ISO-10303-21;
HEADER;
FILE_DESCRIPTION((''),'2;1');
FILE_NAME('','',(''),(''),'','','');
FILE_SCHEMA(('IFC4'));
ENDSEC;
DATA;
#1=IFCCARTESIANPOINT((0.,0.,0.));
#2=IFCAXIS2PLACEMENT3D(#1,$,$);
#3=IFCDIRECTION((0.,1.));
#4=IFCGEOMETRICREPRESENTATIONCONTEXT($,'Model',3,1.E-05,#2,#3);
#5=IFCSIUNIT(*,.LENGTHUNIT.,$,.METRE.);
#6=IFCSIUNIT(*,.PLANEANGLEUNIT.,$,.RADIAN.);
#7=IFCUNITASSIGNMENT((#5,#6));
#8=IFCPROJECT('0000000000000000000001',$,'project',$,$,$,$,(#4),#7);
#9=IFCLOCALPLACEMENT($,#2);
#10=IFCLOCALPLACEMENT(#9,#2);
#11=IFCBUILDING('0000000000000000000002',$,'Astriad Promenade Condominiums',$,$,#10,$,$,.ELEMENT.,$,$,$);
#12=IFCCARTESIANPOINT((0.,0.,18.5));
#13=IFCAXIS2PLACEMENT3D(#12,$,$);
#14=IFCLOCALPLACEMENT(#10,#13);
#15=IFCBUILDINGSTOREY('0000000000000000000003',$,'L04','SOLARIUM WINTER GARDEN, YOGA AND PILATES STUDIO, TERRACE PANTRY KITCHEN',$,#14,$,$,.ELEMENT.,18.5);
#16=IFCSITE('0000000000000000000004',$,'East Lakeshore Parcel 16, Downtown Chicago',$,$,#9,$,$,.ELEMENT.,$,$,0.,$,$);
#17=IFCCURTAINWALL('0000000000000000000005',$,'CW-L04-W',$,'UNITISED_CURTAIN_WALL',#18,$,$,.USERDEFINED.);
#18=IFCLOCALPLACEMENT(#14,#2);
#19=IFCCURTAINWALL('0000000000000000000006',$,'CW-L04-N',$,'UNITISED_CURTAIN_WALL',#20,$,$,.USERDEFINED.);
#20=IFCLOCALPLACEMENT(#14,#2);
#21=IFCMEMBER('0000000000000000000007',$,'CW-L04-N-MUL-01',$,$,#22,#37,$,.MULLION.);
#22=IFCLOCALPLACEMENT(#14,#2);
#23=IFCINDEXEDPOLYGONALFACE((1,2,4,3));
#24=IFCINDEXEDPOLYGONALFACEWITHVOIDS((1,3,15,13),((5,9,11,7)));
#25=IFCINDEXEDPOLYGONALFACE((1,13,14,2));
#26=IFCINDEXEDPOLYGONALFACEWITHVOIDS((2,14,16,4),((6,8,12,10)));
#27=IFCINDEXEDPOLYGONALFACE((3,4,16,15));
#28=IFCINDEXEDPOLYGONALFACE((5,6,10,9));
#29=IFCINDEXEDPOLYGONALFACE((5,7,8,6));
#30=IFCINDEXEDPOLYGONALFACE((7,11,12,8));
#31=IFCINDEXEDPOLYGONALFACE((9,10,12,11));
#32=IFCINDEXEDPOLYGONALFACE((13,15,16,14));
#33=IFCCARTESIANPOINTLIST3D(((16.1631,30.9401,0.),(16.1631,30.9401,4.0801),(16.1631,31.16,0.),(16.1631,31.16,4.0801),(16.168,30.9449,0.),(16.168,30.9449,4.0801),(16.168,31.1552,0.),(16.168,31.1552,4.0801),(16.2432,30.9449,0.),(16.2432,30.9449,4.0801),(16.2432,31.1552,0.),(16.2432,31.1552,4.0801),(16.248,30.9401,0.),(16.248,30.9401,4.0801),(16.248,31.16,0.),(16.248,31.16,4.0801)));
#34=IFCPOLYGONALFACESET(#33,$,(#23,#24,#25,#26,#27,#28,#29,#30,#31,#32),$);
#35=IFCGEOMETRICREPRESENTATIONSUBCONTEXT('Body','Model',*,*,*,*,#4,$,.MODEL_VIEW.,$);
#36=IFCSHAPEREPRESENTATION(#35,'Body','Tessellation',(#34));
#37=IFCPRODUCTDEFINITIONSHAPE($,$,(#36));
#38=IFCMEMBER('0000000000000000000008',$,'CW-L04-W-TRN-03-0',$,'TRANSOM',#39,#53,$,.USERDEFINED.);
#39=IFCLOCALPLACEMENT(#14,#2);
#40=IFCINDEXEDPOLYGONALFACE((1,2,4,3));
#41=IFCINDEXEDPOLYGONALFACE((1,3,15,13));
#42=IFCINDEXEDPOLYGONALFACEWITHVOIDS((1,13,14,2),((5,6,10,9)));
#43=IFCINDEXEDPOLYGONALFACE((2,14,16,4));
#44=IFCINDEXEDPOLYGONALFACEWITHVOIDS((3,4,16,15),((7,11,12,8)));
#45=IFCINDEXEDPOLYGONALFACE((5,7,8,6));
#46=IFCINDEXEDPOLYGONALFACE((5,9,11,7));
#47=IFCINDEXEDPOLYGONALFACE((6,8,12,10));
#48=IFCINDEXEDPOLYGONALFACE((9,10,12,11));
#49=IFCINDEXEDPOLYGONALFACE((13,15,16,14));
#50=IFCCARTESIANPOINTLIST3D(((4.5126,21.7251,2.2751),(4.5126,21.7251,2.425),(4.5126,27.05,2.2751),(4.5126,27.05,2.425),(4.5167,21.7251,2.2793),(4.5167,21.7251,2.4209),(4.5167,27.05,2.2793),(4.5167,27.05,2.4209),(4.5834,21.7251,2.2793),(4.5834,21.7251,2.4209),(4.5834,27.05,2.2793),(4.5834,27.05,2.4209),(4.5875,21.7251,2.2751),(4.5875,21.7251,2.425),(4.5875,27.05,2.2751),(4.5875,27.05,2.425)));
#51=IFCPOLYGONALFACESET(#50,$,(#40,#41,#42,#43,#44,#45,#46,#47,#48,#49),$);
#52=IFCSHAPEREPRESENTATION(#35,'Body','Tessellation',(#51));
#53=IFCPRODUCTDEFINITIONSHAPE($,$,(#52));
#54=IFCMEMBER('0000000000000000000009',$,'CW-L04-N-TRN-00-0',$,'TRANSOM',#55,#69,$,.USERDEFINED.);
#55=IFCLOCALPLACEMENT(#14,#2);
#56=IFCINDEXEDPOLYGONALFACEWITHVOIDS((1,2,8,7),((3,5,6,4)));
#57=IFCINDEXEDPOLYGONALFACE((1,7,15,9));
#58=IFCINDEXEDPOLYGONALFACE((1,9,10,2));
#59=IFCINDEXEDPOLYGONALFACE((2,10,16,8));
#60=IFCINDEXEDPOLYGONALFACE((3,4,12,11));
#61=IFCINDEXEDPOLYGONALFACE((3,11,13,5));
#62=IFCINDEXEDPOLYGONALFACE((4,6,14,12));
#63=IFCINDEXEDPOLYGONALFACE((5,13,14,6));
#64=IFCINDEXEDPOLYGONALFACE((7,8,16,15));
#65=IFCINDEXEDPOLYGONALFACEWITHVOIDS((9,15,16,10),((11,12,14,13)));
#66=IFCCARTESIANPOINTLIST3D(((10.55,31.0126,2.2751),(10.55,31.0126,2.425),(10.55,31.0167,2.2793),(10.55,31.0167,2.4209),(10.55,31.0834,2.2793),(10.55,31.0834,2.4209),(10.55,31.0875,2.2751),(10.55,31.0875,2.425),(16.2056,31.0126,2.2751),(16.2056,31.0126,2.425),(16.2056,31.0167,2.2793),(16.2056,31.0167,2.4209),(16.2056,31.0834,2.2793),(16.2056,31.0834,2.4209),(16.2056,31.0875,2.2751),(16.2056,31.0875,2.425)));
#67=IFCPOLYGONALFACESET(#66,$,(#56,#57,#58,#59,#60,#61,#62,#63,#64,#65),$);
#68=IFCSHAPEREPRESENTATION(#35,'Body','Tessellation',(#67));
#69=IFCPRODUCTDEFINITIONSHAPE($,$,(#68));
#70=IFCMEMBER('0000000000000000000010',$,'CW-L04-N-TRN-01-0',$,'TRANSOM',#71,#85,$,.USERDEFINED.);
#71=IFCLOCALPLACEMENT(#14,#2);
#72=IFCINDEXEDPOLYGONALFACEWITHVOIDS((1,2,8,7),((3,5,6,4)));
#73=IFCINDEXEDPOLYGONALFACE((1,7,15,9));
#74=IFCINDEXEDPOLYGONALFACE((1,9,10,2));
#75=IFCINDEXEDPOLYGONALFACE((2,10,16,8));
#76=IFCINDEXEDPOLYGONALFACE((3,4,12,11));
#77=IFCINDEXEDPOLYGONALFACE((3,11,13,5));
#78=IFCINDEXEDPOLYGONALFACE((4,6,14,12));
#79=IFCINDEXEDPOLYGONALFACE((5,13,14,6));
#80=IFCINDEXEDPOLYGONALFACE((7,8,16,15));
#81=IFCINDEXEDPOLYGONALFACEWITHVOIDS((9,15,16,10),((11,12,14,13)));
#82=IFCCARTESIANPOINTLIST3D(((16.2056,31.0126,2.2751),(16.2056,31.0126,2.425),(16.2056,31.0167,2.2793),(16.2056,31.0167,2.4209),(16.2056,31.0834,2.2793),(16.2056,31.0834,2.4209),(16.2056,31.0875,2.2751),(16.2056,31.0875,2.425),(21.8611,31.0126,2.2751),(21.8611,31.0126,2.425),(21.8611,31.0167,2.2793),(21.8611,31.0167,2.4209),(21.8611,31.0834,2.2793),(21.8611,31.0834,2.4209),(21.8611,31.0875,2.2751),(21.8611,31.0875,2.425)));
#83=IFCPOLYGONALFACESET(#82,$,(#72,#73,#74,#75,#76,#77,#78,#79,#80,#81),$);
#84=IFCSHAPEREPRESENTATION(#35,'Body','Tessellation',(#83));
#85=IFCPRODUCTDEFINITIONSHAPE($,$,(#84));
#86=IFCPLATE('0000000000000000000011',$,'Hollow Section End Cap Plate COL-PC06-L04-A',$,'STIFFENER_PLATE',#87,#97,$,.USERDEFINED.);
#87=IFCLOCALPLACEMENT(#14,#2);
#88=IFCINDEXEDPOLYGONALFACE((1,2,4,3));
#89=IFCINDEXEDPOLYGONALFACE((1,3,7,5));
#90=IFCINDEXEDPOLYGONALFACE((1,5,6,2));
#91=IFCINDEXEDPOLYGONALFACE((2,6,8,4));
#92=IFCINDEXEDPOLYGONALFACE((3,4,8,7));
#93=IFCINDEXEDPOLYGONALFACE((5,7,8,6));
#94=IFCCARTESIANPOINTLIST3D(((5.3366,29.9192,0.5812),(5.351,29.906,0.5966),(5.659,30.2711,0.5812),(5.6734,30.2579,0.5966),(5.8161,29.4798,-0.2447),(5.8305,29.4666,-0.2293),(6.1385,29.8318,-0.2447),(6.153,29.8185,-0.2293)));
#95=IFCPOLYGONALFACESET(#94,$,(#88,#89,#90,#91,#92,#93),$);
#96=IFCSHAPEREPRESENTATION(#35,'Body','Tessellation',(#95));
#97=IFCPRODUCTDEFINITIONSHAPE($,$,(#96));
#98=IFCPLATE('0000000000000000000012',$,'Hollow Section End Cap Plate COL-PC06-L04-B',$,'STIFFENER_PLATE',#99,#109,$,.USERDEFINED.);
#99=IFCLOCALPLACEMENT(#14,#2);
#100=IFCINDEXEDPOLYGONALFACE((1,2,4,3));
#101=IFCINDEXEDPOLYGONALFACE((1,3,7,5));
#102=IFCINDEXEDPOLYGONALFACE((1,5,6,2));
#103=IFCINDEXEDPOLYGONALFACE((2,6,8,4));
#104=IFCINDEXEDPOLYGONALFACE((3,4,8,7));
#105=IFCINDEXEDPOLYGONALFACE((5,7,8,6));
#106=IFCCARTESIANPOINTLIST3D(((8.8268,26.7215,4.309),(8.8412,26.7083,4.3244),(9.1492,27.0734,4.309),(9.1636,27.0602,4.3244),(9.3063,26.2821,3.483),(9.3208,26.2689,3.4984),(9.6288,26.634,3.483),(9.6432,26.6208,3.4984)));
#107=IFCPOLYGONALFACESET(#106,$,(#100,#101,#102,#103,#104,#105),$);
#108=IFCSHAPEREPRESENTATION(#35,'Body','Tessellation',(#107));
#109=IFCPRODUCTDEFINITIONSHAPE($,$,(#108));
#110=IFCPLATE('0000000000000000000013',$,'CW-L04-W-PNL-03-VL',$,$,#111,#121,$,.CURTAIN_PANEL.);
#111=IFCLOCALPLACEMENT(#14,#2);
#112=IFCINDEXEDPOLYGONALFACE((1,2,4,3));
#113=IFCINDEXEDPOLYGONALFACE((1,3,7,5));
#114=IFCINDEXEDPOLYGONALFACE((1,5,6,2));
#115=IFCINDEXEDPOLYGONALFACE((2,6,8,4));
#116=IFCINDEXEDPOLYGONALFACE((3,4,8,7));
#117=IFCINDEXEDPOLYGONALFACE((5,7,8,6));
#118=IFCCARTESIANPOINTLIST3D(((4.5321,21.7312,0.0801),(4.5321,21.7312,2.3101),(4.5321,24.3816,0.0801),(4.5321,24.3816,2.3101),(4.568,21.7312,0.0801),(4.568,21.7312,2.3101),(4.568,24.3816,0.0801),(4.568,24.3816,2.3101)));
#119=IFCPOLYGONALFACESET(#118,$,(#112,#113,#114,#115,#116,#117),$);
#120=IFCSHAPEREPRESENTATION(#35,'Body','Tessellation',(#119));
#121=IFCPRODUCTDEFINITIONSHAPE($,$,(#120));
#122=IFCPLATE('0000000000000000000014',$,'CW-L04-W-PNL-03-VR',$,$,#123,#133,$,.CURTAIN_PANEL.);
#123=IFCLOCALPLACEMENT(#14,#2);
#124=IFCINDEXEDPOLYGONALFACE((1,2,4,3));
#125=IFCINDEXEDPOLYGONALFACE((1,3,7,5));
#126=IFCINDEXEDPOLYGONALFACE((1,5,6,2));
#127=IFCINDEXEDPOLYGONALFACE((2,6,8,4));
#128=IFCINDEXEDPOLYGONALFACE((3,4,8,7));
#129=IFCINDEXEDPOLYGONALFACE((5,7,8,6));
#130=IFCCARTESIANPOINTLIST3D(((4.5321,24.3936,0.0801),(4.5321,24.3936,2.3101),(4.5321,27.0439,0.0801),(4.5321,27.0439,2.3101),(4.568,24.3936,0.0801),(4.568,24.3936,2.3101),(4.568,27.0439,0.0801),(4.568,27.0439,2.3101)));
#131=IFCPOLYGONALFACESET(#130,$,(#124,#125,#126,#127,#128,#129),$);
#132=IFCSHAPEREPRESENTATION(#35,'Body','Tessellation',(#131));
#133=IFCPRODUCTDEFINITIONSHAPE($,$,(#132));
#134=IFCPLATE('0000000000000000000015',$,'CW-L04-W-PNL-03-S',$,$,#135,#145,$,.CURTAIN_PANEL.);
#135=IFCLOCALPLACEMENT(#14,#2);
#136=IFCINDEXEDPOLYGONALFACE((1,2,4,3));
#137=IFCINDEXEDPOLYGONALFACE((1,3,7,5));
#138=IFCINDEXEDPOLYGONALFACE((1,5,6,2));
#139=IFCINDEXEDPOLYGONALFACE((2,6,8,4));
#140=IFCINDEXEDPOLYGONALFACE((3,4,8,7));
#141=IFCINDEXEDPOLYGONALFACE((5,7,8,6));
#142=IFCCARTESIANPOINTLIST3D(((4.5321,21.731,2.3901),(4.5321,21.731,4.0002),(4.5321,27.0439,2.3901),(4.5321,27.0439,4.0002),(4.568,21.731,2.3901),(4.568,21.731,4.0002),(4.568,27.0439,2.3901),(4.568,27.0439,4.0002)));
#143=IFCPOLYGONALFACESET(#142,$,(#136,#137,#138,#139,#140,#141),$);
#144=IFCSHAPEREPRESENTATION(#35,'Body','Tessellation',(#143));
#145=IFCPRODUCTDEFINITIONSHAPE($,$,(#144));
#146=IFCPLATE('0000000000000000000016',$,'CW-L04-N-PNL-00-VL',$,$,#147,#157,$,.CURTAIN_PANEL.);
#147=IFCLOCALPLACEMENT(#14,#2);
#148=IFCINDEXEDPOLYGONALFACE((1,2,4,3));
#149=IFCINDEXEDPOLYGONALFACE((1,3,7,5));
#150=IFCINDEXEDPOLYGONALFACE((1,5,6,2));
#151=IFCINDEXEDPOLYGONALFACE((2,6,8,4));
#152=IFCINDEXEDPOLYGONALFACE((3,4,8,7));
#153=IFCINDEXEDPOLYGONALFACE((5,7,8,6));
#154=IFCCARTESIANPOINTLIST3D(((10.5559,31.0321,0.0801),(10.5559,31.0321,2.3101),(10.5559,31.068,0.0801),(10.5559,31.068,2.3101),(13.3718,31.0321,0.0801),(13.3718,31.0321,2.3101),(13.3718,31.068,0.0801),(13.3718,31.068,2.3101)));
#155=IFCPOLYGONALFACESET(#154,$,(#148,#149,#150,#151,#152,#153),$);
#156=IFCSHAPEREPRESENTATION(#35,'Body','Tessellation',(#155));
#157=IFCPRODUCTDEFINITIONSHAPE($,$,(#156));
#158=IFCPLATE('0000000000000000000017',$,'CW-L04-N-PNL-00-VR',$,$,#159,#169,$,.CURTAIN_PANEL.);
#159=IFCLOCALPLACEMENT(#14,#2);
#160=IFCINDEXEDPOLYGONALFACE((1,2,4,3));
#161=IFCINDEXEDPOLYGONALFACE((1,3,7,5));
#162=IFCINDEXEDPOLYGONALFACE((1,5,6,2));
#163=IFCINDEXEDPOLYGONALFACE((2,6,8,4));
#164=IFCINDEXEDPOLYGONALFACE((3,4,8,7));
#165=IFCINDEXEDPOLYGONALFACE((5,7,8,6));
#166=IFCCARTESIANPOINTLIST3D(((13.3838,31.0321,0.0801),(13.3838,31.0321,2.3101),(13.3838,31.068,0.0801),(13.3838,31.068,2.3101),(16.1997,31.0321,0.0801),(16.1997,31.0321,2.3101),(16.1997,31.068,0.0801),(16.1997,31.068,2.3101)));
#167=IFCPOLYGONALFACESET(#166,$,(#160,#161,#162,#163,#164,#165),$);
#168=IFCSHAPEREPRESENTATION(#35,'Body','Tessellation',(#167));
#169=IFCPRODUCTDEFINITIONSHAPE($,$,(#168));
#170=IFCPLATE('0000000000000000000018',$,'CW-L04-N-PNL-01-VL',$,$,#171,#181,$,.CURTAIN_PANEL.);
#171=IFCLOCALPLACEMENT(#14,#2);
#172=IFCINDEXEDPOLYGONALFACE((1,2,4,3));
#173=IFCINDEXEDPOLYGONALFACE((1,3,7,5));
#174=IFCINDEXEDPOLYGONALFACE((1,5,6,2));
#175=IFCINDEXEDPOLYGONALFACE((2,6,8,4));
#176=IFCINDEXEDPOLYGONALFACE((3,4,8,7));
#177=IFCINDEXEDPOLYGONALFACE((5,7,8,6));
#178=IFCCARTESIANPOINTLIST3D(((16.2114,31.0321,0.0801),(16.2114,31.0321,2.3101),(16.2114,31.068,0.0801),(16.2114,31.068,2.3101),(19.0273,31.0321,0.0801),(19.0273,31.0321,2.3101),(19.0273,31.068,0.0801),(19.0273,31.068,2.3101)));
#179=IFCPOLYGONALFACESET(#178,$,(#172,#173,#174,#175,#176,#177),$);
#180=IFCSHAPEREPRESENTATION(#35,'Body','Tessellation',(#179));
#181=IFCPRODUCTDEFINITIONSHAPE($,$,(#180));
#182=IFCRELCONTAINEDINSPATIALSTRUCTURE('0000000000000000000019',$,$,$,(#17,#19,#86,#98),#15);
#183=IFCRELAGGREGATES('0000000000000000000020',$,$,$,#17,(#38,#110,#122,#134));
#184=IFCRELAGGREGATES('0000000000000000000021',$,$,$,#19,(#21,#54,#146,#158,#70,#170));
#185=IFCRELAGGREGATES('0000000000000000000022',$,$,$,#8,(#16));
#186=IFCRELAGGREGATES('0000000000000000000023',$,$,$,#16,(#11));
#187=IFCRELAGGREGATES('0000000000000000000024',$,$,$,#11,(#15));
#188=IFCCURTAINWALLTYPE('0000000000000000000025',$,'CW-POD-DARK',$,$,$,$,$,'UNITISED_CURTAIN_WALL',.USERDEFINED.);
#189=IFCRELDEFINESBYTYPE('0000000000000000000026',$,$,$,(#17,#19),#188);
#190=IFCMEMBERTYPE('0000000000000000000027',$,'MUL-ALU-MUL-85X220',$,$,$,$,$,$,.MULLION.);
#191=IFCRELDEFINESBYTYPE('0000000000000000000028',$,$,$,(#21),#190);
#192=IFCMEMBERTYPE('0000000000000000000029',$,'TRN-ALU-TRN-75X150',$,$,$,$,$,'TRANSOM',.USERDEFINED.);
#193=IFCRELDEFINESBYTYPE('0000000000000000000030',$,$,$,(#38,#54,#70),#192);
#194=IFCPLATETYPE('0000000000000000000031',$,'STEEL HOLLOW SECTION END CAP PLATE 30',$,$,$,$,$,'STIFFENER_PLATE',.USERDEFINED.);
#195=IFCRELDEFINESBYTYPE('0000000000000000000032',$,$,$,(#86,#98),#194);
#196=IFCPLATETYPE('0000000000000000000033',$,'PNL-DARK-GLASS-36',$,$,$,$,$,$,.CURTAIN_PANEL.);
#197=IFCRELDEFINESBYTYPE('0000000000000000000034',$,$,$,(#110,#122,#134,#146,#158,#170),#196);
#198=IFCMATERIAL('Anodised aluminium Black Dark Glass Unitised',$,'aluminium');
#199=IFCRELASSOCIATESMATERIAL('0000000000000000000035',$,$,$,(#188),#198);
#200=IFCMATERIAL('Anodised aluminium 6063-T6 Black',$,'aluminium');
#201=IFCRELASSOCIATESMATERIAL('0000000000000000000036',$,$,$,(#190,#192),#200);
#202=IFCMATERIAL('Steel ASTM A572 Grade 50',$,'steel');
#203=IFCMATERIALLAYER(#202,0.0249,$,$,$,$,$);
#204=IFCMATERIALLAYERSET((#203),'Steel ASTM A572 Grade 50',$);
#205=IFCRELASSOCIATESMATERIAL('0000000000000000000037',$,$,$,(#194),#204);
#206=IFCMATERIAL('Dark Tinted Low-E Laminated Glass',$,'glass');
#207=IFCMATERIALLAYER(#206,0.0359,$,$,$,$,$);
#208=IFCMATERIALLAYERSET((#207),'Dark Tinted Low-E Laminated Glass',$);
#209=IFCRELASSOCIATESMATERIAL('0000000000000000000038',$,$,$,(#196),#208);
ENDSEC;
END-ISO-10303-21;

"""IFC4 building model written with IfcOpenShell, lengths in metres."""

from ifc_helpers import new_model, si_unit, direction, frame, origin, origin_2d, place, context, subcontext, project, spatial, rectangle, hollow_rectangle, extrude, source, transform, mapped, material, layer, layer_set, material_profile, profile_set, type_object, type_shapes, element, aggregate, save


model = new_model("IFC4")

# Units and contexts
model_context = context("Model", 3, precision=1e-05, world=origin(), true_north=direction((0.0, 1.0)))
body_context = subcontext(model_context, "Body", "Model", "MODEL_VIEW")
ifc_project = project(units=[si_unit("LENGTHUNIT", "METRE"), si_unit("PLANEANGLEUNIT", "RADIAN")], contexts=[model_context])

# Site, building, storey
site_placement = place(None, origin())
site = spatial("IfcSite", under=ifc_project, at=site_placement, Name="East Lakeshore Parcel 16, Downtown Chicago", CompositionType="ELEMENT", RefElevation=0.0)
building_placement = place(site_placement, origin())
building = spatial("IfcBuilding", under=site, at=building_placement, Name="Astriad Promenade Condominiums", CompositionType="ELEMENT")
storey_placement = place(building_placement, frame((0.0, 0.0, 18.5)))
storey = spatial("IfcBuildingStorey", under=building, at=storey_placement, Name="L04", Description="SOLARIUM WINTER GARDEN, YOGA AND PILATES STUDIO, TERRACE PANTRY KITCHEN", CompositionType="ELEMENT", Elevation=18.5)

# Curtain wall
ifc_material_1 = material(Name="Anodised aluminium Black Dark Glass Unitised", Category="aluminium")
curtain_wall_type = type_object("IfcCurtainWallType", Name="CW-POD-DARK", ElementType="UNITISED_CURTAIN_WALL", PredefinedType="USERDEFINED", material=ifc_material_1)
curtain_wall_1_placement = place(storey_placement, origin())
curtain_wall_1 = element("IfcCurtainWall", 1, at=curtain_wall_1_placement, inside=storey, type_object=curtain_wall_type, Name="CW-L04-W", ObjectType="UNITISED_CURTAIN_WALL", PredefinedType="USERDEFINED")
ifc_material_2 = material(Name="Anodised aluminium 6063-T6 Black", Category="aluminium")
ifc_material_profile_1 = material_profile(ifc_material_2, hollow_rectangle(XDim=0.085, YDim=0.22, WallThickness=0.0049, at=origin_2d()), Name="ALU-MUL-85X220")
ifc_profile_set_1 = profile_set([ifc_material_profile_1], Name="Anodised aluminium 6063-T6 Black")
member_type_1 = type_object("IfcMemberType", Name="MUL-ALU-MUL-85X220", PredefinedType="MULLION", material=ifc_profile_set_1)
shared_shape_1 = source(origin(), body_context, "Body", "SweptSolid", [
    extrude(hollow_rectangle(XDim=0.085, YDim=0.22, WallThickness=0.0049, at=origin_2d()), origin(), (0.0, 0.0, 1.0), 4.0801),
])
type_shapes(member_type_1, [shared_shape_1])

# Curtain wall, member
curtain_wall_2_placement = place(storey_placement, origin())
curtain_wall_2 = element("IfcCurtainWall", 2, at=curtain_wall_2_placement, inside=storey, type_object=curtain_wall_type, Name="CW-L04-N", ObjectType="UNITISED_CURTAIN_WALL", PredefinedType="USERDEFINED")
member_1_placement = place(storey_placement, frame((16.2056, 31.05, 0.0), z_axis=(0.0, 0.0, 1.0), x_axis=(1.0, 0.0, 0.0)))
member_1 = element("IfcMember", 3, at=member_1_placement, type_object=member_type_1, Name="CW-L04-N-MUL-01", PredefinedType="MULLION", context=body_context, shape_type="MappedRepresentation", body=[
    mapped(shared_shape_1, transform((0.0, 0.0, 0.0), scale=1.0)),
])

# Members
ifc_material_profile_2 = material_profile(ifc_material_2, hollow_rectangle(XDim=0.075, YDim=0.1499, WallThickness=0.0042, at=origin_2d()), Name="ALU-TRN-75X150")
ifc_profile_set_2 = profile_set([ifc_material_profile_2], Name="Anodised aluminium 6063-T6 Black")
member_type_2 = type_object("IfcMemberType", Name="TRN-ALU-TRN-75X150", ElementType="TRANSOM", PredefinedType="USERDEFINED", material=ifc_profile_set_2)
shared_shape_2 = source(origin(), body_context, "Body", "SweptSolid", [
    extrude(hollow_rectangle(XDim=0.075, YDim=0.1499, WallThickness=0.0042, at=origin_2d()), origin(), (0.0, 0.0, 1.0), 5.325),
])
member_2_placement = place(storey_placement, frame((4.55, 21.7251, 2.3501), z_axis=(0.0, 1.0, 0.0), x_axis=(-1.0, 0.0, 0.0)))
member_2 = element("IfcMember", 4, at=member_2_placement, type_object=member_type_2, Name="CW-L04-W-TRN-03-0", ObjectType="TRANSOM", PredefinedType="USERDEFINED", context=body_context, shape_type="MappedRepresentation", body=[
    mapped(shared_shape_2, transform((0.0, 0.0, 0.0), scale=1.0)),
])
shared_shape_3 = source(origin(), body_context, "Body", "SweptSolid", [
    extrude(hollow_rectangle(XDim=0.075, YDim=0.1499, WallThickness=0.0042, at=origin_2d()), origin(), (0.0, 0.0, 1.0), 5.6555),
])
type_shapes(member_type_2, [shared_shape_2, shared_shape_3])
member_3_placement = place(storey_placement, frame((10.55, 31.05, 2.3501), z_axis=(1.0, 0.0, 0.0), x_axis=(0.0, 1.0, 0.0)))
member_3 = element("IfcMember", 5, at=member_3_placement, type_object=member_type_2, Name="CW-L04-N-TRN-00-0", ObjectType="TRANSOM", PredefinedType="USERDEFINED", context=body_context, shape_type="MappedRepresentation", body=[
    mapped(shared_shape_3, transform((0.0, 0.0, 0.0), scale=1.0)),
])
member_4_placement = place(storey_placement, frame((16.2056, 31.05, 2.3501), z_axis=(1.0, 0.0, 0.0), x_axis=(0.0, 1.0, 0.0)))
member_4 = element("IfcMember", 6, at=member_4_placement, type_object=member_type_2, Name="CW-L04-N-TRN-01-0", ObjectType="TRANSOM", PredefinedType="USERDEFINED", context=body_context, shape_type="MappedRepresentation", body=[
    mapped(shared_shape_3, transform((0.0, 0.0, 0.0), scale=1.0)),
])

# Plates
ifc_material_3 = material(Name="Steel ASTM A572 Grade 50", Category="steel")
ifc_layer_1 = layer(ifc_material_3, 0.0249)
ifc_layer_set_1 = layer_set([ifc_layer_1], Name="Steel ASTM A572 Grade 50")
plate_type_1 = type_object("IfcPlateType", Name="STEEL HOLLOW SECTION END CAP PLATE 30", ElementType="STIFFENER_PLATE", PredefinedType="USERDEFINED", material=ifc_layer_set_1)
shared_shape_4 = source(origin(), body_context, "Body", "SweptSolid", [
    extrude(rectangle(XDim=0.4773, YDim=1.0513, at=origin_2d()), origin(), (0.0, 0.0, 1.0), 0.0249),
])
type_shapes(plate_type_1, [shared_shape_4])
for number, where, z_axis, x_axis, name in (
    (7, (5.7375, 29.8755, 0.1682), (0.579262, -0.530731, 0.618692), (0.675546, 0.737318, 0.0), "Hollow Section End Cap Plate COL-PC06-L04-A"),
    (8, (9.2278, 26.6777, 3.896), (0.579262, -0.530731, 0.618692), (0.675546, 0.737318, 0.0), "Hollow Section End Cap Plate COL-PC06-L04-B"),
):
    element("IfcPlate", number, at=place(storey_placement, frame(where, z_axis=z_axis, x_axis=x_axis)), inside=storey, type_object=plate_type_1, Name=name, ObjectType="STIFFENER_PLATE", PredefinedType="USERDEFINED", context=body_context, shape_type="MappedRepresentation", body=[
        mapped(shared_shape_4, transform((0.0, 0.0, 0.0), scale=1.0)),
    ])

# Plates
ifc_material_4 = material(Name="Dark Tinted Low-E Laminated Glass", Category="glass")
ifc_layer_2 = layer(ifc_material_4, 0.0359)
ifc_layer_set_2 = layer_set([ifc_layer_2], Name="Dark Tinted Low-E Laminated Glass")
plate_type_2 = type_object("IfcPlateType", Name="PNL-DARK-GLASS-36", PredefinedType="CURTAIN_PANEL", material=ifc_layer_set_2)
shared_shape_5 = source(origin(), body_context, "Body", "SweptSolid", [
    extrude(rectangle(XDim=2.6504, YDim=0.0359, at=origin_2d()), origin(), (0.0, 0.0, 1.0), 2.23),
])
plate_1_placement = place(storey_placement, frame((4.55, 23.0564, 0.0801), z_axis=(0.0, 0.0, 1.0), x_axis=(0.0, 1.0, 0.0)))
plate_1 = element("IfcPlate", 9, at=plate_1_placement, type_object=plate_type_2, Name="CW-L04-W-PNL-03-VL", PredefinedType="CURTAIN_PANEL", context=body_context, shape_type="MappedRepresentation", body=[
    mapped(shared_shape_5, transform((0.0, 0.0, 0.0), scale=1.0)),
])
plate_2_placement = place(storey_placement, frame((4.55, 25.7188, 0.0801), z_axis=(0.0, 0.0, 1.0), x_axis=(0.0, 1.0, 0.0)))
plate_2 = element("IfcPlate", 10, at=plate_2_placement, type_object=plate_type_2, Name="CW-L04-W-PNL-03-VR", PredefinedType="CURTAIN_PANEL", context=body_context, shape_type="MappedRepresentation", body=[
    mapped(shared_shape_5, transform((0.0, 0.0, 0.0), scale=1.0)),
])
shared_shape_6 = source(origin(), body_context, "Body", "SweptSolid", [
    extrude(rectangle(XDim=5.313, YDim=0.0359, at=origin_2d()), origin(), (0.0, 0.0, 1.0), 1.6101),
])
plate_3_placement = place(storey_placement, frame((4.55, 24.3875, 2.3901), z_axis=(0.0, 0.0, 1.0), x_axis=(0.0, 1.0, 0.0)))
plate_3 = element("IfcPlate", 11, at=plate_3_placement, type_object=plate_type_2, Name="CW-L04-W-PNL-03-S", PredefinedType="CURTAIN_PANEL", context=body_context, shape_type="MappedRepresentation", body=[
    mapped(shared_shape_6, transform((0.0, 0.0, 0.0), scale=1.0)),
])
aggregate(curtain_wall_1, [member_2, plate_1, plate_2, plate_3])
shared_shape_7 = source(origin(), body_context, "Body", "SweptSolid", [
    extrude(rectangle(XDim=2.8159, YDim=0.0359, at=origin_2d()), origin(), (0.0, 0.0, 1.0), 2.23),
])
plate_4_placement = place(storey_placement, frame((11.9639, 31.05, 0.0801), z_axis=(0.0, 0.0, 1.0), x_axis=(1.0, 0.0, 0.0)))
plate_4 = element("IfcPlate", 12, at=plate_4_placement, type_object=plate_type_2, Name="CW-L04-N-PNL-00-VL", PredefinedType="CURTAIN_PANEL", context=body_context, shape_type="MappedRepresentation", body=[
    mapped(shared_shape_7, transform((0.0, 0.0, 0.0), scale=1.0)),
])
plate_5_placement = place(storey_placement, frame((14.7917, 31.05, 0.0801), z_axis=(0.0, 0.0, 1.0), x_axis=(1.0, 0.0, 0.0)))
plate_5 = element("IfcPlate", 13, at=plate_5_placement, type_object=plate_type_2, Name="CW-L04-N-PNL-00-VR", PredefinedType="CURTAIN_PANEL", context=body_context, shape_type="MappedRepresentation", body=[
    mapped(shared_shape_7, transform((0.0, 0.0, 0.0), scale=1.0)),
])
plate_6_placement = place(storey_placement, frame((17.6194, 31.05, 0.0801), z_axis=(0.0, 0.0, 1.0), x_axis=(1.0, 0.0, 0.0)))
plate_6 = element("IfcPlate", 14, at=plate_6_placement, type_object=plate_type_2, Name="CW-L04-N-PNL-01-VL", PredefinedType="CURTAIN_PANEL", context=body_context, shape_type="MappedRepresentation", body=[
    mapped(shared_shape_7, transform((0.0, 0.0, 0.0), scale=1.0)),
])
aggregate(curtain_wall_2, [member_1, member_3, plate_4, plate_5, member_4, plate_6])

save(model, "model.ifc")
